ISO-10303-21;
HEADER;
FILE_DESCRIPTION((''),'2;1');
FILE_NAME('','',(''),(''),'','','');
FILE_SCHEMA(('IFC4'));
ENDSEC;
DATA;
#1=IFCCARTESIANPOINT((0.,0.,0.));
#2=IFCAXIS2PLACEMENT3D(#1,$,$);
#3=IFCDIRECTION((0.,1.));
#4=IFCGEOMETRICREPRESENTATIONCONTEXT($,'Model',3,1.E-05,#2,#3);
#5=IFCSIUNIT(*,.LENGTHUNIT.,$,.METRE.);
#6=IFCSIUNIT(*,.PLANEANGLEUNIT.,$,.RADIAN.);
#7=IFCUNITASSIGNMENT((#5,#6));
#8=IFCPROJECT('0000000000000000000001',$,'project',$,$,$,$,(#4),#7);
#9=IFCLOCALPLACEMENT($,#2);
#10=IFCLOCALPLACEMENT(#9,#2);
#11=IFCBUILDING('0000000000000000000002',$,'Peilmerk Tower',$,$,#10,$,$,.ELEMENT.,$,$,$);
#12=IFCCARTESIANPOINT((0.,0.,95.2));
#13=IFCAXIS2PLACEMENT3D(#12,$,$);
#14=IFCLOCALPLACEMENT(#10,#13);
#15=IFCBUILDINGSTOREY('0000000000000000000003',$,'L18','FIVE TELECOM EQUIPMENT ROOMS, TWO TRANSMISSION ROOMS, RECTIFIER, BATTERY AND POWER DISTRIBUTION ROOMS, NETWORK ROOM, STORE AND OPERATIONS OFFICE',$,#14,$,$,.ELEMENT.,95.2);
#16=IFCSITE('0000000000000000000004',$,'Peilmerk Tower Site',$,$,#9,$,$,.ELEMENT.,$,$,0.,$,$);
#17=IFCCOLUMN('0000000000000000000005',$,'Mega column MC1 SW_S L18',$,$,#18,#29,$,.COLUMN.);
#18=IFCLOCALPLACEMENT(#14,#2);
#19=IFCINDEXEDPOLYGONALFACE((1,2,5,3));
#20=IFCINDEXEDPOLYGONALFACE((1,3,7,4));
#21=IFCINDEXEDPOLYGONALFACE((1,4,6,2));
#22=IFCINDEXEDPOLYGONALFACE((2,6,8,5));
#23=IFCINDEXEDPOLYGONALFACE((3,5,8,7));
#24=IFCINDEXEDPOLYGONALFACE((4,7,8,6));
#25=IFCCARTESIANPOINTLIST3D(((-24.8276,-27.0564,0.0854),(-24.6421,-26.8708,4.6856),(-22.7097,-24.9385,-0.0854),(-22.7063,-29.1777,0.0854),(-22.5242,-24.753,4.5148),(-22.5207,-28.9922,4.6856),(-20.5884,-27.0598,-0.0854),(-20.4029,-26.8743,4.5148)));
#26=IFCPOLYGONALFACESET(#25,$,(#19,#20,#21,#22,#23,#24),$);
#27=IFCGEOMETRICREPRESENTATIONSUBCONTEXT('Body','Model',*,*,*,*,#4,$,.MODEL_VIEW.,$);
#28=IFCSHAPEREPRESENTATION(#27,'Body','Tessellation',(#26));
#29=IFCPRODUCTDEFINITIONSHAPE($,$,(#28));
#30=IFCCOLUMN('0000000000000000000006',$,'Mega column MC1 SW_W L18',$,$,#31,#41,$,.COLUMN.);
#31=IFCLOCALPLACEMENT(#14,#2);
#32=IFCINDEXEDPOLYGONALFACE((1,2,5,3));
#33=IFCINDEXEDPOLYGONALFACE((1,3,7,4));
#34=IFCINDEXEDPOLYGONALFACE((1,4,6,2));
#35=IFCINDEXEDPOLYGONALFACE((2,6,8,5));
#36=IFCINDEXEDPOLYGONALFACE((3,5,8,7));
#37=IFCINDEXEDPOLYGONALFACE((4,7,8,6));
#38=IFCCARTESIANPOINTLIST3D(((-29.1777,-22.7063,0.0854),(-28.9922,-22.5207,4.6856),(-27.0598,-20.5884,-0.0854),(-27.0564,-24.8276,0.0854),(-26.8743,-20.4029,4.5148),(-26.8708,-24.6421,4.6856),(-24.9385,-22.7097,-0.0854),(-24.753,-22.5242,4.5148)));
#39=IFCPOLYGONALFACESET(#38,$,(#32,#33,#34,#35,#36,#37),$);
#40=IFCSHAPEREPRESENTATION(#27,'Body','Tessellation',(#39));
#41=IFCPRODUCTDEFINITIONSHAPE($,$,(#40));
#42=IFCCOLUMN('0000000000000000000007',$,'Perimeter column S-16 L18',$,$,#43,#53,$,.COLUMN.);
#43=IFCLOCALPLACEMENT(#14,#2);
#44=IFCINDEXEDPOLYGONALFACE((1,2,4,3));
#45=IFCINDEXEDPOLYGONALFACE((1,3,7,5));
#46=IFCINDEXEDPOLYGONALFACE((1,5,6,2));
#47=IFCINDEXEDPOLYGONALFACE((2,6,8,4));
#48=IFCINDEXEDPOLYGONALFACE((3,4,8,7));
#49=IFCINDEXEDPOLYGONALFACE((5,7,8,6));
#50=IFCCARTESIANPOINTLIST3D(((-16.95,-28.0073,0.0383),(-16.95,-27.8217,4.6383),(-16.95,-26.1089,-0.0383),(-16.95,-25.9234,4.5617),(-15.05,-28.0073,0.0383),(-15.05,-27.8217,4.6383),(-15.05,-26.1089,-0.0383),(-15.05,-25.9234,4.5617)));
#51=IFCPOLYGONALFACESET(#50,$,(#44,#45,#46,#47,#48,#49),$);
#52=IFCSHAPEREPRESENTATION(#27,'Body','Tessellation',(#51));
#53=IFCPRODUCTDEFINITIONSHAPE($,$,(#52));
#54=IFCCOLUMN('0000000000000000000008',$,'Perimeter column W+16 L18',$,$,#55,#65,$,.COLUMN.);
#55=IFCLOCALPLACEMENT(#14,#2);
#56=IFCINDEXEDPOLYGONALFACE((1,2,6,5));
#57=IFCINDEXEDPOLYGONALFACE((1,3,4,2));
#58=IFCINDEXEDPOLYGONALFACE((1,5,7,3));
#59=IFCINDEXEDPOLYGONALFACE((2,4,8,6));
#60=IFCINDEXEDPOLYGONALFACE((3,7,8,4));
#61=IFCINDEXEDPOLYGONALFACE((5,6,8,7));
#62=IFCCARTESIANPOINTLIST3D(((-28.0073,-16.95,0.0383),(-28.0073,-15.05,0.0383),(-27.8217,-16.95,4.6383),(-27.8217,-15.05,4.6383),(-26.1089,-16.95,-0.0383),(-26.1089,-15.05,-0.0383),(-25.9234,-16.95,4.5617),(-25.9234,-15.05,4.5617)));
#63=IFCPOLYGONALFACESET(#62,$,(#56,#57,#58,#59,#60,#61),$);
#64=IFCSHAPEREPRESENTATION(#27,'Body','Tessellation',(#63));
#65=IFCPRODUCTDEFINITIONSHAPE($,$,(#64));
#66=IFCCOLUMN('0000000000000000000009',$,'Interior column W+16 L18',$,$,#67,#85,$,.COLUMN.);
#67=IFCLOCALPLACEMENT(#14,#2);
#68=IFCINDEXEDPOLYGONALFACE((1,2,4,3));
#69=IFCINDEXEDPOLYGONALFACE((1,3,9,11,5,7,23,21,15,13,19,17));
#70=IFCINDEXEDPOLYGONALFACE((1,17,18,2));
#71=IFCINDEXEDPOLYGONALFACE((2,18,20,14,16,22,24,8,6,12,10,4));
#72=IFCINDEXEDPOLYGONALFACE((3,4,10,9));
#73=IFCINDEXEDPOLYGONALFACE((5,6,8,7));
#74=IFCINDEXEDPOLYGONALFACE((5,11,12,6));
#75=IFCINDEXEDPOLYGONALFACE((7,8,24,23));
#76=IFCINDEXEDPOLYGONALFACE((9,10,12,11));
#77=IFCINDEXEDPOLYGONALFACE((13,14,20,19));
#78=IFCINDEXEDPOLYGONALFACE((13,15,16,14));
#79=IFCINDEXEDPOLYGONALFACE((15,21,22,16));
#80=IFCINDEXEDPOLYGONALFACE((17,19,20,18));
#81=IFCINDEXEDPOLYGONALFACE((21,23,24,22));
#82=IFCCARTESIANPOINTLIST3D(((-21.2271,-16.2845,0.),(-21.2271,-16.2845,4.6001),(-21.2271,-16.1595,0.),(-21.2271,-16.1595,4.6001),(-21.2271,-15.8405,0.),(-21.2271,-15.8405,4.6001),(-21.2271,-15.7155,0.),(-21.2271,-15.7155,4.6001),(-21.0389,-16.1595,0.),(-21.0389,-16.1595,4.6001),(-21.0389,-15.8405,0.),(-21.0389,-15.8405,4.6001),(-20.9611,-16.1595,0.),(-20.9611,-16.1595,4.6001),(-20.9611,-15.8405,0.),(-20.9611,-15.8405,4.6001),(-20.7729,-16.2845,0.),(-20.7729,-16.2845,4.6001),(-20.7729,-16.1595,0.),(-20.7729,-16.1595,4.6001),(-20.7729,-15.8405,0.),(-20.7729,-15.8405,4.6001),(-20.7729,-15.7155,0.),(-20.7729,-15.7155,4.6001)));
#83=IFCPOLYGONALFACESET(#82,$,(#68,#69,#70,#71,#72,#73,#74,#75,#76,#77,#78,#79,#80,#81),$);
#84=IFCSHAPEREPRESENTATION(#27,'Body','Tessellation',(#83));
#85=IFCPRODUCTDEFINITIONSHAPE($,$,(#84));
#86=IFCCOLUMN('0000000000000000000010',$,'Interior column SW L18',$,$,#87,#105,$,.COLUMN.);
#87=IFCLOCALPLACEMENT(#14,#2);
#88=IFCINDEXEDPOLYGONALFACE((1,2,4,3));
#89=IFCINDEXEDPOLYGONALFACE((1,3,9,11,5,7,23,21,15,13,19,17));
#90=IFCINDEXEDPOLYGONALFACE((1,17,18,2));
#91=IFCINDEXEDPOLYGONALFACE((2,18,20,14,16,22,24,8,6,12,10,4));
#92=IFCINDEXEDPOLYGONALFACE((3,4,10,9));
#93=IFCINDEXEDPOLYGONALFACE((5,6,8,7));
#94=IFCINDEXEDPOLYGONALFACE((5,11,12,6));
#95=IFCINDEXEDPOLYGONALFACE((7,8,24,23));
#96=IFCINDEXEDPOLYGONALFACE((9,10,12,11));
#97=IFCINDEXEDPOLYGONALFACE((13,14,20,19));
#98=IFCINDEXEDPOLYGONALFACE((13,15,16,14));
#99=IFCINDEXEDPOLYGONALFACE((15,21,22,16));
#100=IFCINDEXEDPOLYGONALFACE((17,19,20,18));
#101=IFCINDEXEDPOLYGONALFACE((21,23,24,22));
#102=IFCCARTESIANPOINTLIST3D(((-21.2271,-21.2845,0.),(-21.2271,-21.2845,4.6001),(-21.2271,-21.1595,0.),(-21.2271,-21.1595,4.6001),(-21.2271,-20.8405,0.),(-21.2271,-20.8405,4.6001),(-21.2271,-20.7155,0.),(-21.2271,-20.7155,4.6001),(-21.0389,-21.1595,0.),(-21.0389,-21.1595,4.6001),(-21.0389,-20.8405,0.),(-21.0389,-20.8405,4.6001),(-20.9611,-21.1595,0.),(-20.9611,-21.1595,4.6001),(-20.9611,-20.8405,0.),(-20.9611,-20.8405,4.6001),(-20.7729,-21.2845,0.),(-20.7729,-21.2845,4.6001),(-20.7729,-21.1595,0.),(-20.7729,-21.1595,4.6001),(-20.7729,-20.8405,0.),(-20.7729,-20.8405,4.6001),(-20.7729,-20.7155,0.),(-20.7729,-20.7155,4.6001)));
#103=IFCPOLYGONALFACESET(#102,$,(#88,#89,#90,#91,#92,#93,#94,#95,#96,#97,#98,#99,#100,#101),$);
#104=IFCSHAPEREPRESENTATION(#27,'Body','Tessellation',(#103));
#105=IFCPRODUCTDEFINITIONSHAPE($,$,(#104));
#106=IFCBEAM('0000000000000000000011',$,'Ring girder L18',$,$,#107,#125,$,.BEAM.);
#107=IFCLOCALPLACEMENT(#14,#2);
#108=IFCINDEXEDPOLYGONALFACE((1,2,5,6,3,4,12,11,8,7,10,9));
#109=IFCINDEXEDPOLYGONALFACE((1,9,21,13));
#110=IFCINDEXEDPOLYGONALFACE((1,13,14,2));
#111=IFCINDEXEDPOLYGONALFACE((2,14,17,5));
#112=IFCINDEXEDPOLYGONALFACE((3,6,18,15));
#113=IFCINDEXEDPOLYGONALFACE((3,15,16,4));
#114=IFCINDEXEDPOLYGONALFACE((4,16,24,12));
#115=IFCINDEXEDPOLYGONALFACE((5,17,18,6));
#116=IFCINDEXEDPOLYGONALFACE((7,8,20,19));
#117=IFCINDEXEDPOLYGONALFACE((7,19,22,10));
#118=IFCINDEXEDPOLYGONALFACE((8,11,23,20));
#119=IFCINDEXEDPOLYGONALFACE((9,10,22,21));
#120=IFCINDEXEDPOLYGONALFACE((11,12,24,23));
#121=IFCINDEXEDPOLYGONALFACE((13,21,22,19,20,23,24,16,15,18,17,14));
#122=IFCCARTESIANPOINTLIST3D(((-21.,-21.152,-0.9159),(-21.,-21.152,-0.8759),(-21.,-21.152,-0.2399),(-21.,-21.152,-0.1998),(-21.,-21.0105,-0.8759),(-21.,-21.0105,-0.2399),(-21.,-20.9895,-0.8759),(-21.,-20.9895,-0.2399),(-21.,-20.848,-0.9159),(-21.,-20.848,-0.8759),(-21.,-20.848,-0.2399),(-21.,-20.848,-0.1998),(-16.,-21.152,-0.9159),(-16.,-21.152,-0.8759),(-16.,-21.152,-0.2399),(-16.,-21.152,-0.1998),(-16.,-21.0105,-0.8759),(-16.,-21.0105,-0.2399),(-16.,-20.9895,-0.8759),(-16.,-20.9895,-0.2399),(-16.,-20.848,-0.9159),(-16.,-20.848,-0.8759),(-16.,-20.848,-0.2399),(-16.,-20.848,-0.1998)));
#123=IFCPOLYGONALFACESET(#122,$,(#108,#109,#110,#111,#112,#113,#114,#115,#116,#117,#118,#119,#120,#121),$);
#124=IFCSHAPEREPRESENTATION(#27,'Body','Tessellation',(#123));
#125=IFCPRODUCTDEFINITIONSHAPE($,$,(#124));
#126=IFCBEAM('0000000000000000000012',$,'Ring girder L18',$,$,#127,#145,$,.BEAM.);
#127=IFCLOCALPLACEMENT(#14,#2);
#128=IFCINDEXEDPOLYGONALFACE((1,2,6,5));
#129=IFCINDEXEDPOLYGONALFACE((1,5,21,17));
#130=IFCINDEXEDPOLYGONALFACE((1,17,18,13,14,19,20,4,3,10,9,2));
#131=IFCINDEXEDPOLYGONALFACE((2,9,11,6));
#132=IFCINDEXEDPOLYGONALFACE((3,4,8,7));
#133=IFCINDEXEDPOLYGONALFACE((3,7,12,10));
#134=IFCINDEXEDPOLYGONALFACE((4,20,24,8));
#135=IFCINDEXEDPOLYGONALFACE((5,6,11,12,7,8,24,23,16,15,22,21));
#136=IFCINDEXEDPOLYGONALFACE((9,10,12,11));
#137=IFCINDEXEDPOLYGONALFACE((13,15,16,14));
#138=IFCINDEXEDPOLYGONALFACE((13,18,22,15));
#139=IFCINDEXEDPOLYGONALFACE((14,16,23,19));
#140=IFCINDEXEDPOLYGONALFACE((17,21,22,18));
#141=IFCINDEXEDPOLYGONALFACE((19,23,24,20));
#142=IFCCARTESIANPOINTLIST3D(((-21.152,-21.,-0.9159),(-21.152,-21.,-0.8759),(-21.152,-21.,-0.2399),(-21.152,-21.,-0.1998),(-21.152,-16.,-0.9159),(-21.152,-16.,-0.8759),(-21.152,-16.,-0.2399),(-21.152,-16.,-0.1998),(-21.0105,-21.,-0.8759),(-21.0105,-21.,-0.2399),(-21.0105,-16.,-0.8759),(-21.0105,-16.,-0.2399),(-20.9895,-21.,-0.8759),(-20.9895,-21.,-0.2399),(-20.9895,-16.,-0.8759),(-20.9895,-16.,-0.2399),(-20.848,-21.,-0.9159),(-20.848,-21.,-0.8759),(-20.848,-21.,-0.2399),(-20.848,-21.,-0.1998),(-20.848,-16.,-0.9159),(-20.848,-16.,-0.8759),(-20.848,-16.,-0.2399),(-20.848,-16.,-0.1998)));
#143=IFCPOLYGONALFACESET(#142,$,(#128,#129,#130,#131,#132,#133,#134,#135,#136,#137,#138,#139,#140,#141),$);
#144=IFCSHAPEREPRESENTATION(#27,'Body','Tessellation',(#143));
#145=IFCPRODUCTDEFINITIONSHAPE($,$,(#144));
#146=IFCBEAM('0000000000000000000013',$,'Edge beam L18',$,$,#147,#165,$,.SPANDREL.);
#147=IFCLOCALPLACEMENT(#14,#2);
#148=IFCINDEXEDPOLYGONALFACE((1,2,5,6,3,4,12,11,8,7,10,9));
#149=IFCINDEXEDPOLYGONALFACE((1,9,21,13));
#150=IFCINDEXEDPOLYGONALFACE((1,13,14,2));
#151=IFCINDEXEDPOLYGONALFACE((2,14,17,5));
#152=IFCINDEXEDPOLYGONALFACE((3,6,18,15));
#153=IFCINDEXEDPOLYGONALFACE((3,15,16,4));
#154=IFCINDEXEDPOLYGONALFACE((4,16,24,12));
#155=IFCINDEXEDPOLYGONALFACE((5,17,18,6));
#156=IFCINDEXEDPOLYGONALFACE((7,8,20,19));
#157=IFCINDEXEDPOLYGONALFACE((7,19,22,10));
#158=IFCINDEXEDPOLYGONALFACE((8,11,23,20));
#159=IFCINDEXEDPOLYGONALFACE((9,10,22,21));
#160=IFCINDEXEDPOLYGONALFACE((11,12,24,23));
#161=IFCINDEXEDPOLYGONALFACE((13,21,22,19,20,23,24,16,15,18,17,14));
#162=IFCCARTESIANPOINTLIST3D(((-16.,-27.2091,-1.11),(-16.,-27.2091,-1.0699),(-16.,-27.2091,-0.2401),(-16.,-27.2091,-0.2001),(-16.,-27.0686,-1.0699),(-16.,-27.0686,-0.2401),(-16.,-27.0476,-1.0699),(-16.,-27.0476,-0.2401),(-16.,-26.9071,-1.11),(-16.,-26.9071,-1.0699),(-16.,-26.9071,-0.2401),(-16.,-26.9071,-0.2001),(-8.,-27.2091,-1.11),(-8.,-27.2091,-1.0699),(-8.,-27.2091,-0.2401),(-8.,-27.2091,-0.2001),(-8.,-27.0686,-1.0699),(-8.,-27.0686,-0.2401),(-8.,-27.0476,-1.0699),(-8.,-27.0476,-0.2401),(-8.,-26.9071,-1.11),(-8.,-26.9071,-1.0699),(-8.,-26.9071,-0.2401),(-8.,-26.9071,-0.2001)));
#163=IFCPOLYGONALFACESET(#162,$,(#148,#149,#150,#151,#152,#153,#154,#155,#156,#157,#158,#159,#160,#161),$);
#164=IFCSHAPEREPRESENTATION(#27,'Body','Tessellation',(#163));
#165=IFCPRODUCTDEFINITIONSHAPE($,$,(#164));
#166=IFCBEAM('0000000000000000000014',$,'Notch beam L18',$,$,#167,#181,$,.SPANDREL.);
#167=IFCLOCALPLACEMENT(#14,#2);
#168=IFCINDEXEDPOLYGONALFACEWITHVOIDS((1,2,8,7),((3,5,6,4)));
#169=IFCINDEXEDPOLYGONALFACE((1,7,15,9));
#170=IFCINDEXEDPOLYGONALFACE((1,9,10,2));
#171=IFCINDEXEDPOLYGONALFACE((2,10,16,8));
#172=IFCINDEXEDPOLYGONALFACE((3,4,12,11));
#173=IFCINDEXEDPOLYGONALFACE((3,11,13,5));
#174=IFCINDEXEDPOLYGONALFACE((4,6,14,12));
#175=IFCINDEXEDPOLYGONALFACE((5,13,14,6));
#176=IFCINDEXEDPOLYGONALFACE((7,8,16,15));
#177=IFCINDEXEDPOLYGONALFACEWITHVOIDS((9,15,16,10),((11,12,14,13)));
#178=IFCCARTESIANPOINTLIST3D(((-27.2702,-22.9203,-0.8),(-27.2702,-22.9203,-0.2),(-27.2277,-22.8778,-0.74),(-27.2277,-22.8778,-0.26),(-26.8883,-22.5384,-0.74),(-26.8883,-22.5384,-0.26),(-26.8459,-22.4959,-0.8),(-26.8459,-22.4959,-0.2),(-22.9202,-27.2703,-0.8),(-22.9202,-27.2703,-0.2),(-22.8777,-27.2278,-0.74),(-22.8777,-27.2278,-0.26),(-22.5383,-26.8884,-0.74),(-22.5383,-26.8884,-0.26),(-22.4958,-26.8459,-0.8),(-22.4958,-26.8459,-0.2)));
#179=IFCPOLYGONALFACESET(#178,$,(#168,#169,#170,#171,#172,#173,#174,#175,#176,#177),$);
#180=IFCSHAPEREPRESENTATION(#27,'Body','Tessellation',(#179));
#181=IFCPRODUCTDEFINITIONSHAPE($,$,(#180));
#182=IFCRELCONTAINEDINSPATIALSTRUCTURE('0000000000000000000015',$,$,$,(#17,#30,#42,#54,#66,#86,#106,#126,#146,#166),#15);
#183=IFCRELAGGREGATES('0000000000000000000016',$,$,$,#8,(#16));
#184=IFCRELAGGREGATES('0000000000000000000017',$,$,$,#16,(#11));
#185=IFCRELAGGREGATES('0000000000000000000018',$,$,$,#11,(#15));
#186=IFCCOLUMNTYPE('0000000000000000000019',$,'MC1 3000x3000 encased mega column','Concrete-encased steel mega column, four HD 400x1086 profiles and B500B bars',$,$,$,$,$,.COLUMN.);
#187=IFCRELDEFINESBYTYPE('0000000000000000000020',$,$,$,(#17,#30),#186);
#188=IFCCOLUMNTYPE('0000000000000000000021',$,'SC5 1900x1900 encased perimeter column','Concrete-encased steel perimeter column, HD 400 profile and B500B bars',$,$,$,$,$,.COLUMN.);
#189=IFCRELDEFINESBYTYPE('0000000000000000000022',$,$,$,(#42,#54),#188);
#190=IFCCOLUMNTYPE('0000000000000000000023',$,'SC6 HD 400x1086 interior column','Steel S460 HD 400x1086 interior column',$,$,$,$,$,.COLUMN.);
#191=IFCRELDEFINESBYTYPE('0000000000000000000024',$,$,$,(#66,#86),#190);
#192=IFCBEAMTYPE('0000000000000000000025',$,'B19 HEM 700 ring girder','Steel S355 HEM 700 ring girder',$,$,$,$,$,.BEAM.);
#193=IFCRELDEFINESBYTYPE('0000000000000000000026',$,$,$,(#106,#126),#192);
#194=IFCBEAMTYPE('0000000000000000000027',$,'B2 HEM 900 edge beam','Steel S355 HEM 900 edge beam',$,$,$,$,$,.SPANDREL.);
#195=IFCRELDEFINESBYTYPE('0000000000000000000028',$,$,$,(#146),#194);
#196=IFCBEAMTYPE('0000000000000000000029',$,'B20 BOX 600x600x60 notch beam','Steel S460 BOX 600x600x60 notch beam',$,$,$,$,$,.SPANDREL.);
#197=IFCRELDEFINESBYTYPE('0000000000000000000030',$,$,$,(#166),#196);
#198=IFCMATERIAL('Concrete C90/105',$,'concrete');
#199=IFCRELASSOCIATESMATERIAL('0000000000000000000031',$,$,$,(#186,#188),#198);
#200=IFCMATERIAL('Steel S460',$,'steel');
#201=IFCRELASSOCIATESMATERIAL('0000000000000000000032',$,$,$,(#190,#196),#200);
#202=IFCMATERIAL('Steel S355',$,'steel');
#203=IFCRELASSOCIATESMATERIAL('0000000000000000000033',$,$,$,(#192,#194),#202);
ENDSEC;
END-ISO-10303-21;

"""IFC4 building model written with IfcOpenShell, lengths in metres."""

from ifc_helpers import new_model, si_unit, direction, frame, origin, origin_2d, place, context, subcontext, project, spatial, rectangle, hollow_rectangle, i_section, extrude, material, material_profile, profile_set, type_object, element, save


model = new_model("IFC4")

# Units and contexts
model_context = context("Model", 3, precision=1e-05, world=origin(), true_north=direction((0.0, 1.0)))
body_context = subcontext(model_context, "Body", "Model", "MODEL_VIEW")
ifc_project = project(units=[si_unit("LENGTHUNIT", "METRE"), si_unit("PLANEANGLEUNIT", "RADIAN")], contexts=[model_context])

# Site, building, storey
site_placement = place(None, origin())
site = spatial("IfcSite", under=ifc_project, at=site_placement, Name="Peilmerk Tower Site", CompositionType="ELEMENT", RefElevation=0.0)
building_placement = place(site_placement, origin())
building = spatial("IfcBuilding", under=site, at=building_placement, Name="Peilmerk Tower", CompositionType="ELEMENT")
storey_placement = place(building_placement, frame((0.0, 0.0, 95.2)))
storey = spatial("IfcBuildingStorey", under=building, at=storey_placement, Name="L18", Description="FIVE TELECOM EQUIPMENT ROOMS, TWO TRANSMISSION ROOMS, RECTIFIER, BATTERY AND POWER DISTRIBUTION ROOMS, NETWORK ROOM, STORE AND OPERATIONS OFFICE", CompositionType="ELEMENT", Elevation=95.2)

# Columns
ifc_material_1 = material(Name="Concrete C90/105", Category="concrete")
ifc_material_profile_1 = material_profile(ifc_material_1, rectangle(XDim=3.0, YDim=3.0, at=origin_2d()), Name="RC 3000x3000")
ifc_profile_set_1 = profile_set([ifc_material_profile_1], Name="Concrete C90/105")
column_type_1 = type_object("IfcColumnType", Name="MC1 3000x3000 encased mega column", Description="Concrete-encased steel mega column, four HD 400x1086 profiles and B500B bars", PredefinedType="COLUMN", material=ifc_profile_set_1)
for number, where, z_axis, x_axis, name in (
    (1, (-22.708, -27.0581, 0.0), (0.04027, 0.04027, 0.998377), (-0.707107, 0.707107, 0.0), "Mega column MC1 SW_S L18"),
    (2, (-27.0581, -22.708, 0.0), (0.04027, 0.04027, 0.998377), (-0.707107, 0.707107, 0.0), "Mega column MC1 SW_W L18"),
):
    element("IfcColumn", number, at=place(storey_placement, frame(where, z_axis=z_axis, x_axis=x_axis)), inside=storey, type_object=column_type_1, Name=name, PredefinedType="COLUMN", context=body_context, shape_type="SweptSolid", body=[
        extrude(rectangle(XDim=3.0, YDim=3.0, at=origin_2d()), origin(), (0.0, 0.0, 1.0), 4.6077),
    ])
ifc_material_profile_2 = material_profile(ifc_material_1, rectangle(XDim=1.8999, YDim=1.8999, at=origin_2d()), Name="RC 1900x1900")
ifc_profile_set_2 = profile_set([ifc_material_profile_2], Name="Concrete C90/105")
column_type_2 = type_object("IfcColumnType", Name="SC5 1900x1900 encased perimeter column", Description="Concrete-encased steel perimeter column, HD 400 profile and B500B bars", PredefinedType="COLUMN", material=ifc_profile_set_2)
for number, where, z_axis, x_axis, name in (
    (3, (-16.0, -27.0581, 0.0), (0.0, 0.040303, 0.999188), (-1.0, 0.0, 0.0), "Perimeter column S-16 L18"),
    (4, (-27.0581, -16.0, 0.0), (0.040303, 0.0, 0.999188), (0.0, 1.0, 0.0), "Perimeter column W+16 L18"),
):
    element("IfcColumn", number, at=place(storey_placement, frame(where, z_axis=z_axis, x_axis=x_axis)), inside=storey, type_object=column_type_2, Name=name, PredefinedType="COLUMN", context=body_context, shape_type="SweptSolid", body=[
        extrude(rectangle(XDim=1.8999, YDim=1.8999, at=origin_2d()), origin(), (0.0, 0.0, 1.0), 4.6038),
    ])
ifc_material_2 = material(Name="Steel S460", Category="steel")
ifc_material_profile_3 = material_profile(ifc_material_2, i_section(OverallWidth=0.4541, OverallDepth=0.5691, WebThickness=0.0779, FlangeThickness=0.125, at=origin_2d()), Name="HD 400x1086")
ifc_profile_set_3 = profile_set([ifc_material_profile_3], Name="Steel S460")
column_type_3 = type_object("IfcColumnType", Name="SC6 HD 400x1086 interior column", Description="Steel S460 HD 400x1086 interior column", PredefinedType="COLUMN", material=ifc_profile_set_3)
for number, where, z_axis, x_axis, name in (
    (5, (-21.0, -16.0, 0.0), (0.0, 0.0, 1.0), (1.0, 0.0, 0.0), "Interior column W+16 L18"),
    (6, (-21.0, -21.0, 0.0), (0.0, 0.0, 1.0), (1.0, 0.0, 0.0), "Interior column SW L18"),
):
    element("IfcColumn", number, at=place(storey_placement, frame(where, z_axis=z_axis, x_axis=x_axis)), inside=storey, type_object=column_type_3, Name=name, PredefinedType="COLUMN", context=body_context, shape_type="SweptSolid", body=[
        extrude(i_section(OverallWidth=0.4541, OverallDepth=0.5691, WebThickness=0.0779, FlangeThickness=0.125, at=origin_2d()), origin(), (0.0, 0.0, 1.0), 4.6001),
    ])

# Beams
ifc_material_3 = material(Name="Steel S355", Category="steel")
ifc_material_profile_4 = material_profile(ifc_material_3, i_section(OverallWidth=0.304, OverallDepth=0.7161, WebThickness=0.021, FlangeThickness=0.04, at=origin_2d()), Name="HEM 700")
ifc_profile_set_4 = profile_set([ifc_material_profile_4], Name="Steel S355")
beam_type_1 = type_object("IfcBeamType", Name="B19 HEM 700 ring girder", Description="Steel S355 HEM 700 ring girder", PredefinedType="BEAM", material=ifc_profile_set_4)
for number, where, z_axis, x_axis, name in (
    (7, (-21.0, -21.0, -0.5579), (1.0, 0.0, 0.0), (0.0, 1.0, 0.0), "Ring girder L18"),
    (8, (-21.0, -16.0, -0.5579), (0.0, -1.0, 0.0), (1.0, 0.0, 0.0), "Ring girder L18"),
):
    element("IfcBeam", number, at=place(storey_placement, frame(where, z_axis=z_axis, x_axis=x_axis)), inside=storey, type_object=beam_type_1, Name=name, PredefinedType="BEAM", context=body_context, shape_type="SweptSolid", body=[
        extrude(i_section(OverallWidth=0.304, OverallDepth=0.7161, WebThickness=0.021, FlangeThickness=0.04, at=origin_2d()), origin(), (0.0, 0.0, 1.0), 5.0),
    ])
ifc_material_profile_5 = material_profile(ifc_material_3, i_section(OverallWidth=0.302, OverallDepth=0.9099, WebThickness=0.021, FlangeThickness=0.04, at=origin_2d()), Name="HEM 900")
ifc_profile_set_5 = profile_set([ifc_material_profile_5], Name="Steel S355")
beam_type_2 = type_object("IfcBeamType", Name="B2 HEM 900 edge beam", Description="Steel S355 HEM 900 edge beam", PredefinedType="SPANDREL", material=ifc_profile_set_5)
beam_1_placement = place(storey_placement, frame((-16.0, -27.0581, -0.655), z_axis=(1.0, 0.0, 0.0), x_axis=(0.0, 1.0, 0.0)))
element("IfcBeam", 9, at=beam_1_placement, inside=storey, type_object=beam_type_2, Name="Edge beam L18", PredefinedType="SPANDREL", context=body_context, shape_type="SweptSolid", body=[
    extrude(i_section(OverallWidth=0.302, OverallDepth=0.9099, WebThickness=0.021, FlangeThickness=0.04, at=origin_2d()), origin(), (0.0, 0.0, 1.0), 8.0),
])
ifc_material_profile_6 = material_profile(ifc_material_2, hollow_rectangle(XDim=0.6001, YDim=0.6001, WallThickness=0.0601, at=origin_2d()), Name="BOX 600x600x60")
ifc_profile_set_6 = profile_set([ifc_material_profile_6], Name="Steel S460")
beam_type_3 = type_object("IfcBeamType", Name="B20 BOX 600x600x60 notch beam", Description="Steel S460 BOX 600x600x60 notch beam", PredefinedType="SPANDREL", material=ifc_profile_set_6)
beam_2_placement = place(storey_placement, frame((-22.708, -27.0581, -0.5), z_axis=(-0.707107, 0.707107, 0.0), x_axis=(-0.707107, -0.707107, 0.0)))
element("IfcBeam", 10, at=beam_2_placement, inside=storey, type_object=beam_type_3, Name="Notch beam L18", PredefinedType="SPANDREL", context=body_context, shape_type="SweptSolid", body=[
    extrude(hollow_rectangle(XDim=0.6001, YDim=0.6001, WallThickness=0.0601, at=origin_2d()), origin(), (0.0, 0.0, 1.0), 6.1519),
])

save(model, "model.ifc")
